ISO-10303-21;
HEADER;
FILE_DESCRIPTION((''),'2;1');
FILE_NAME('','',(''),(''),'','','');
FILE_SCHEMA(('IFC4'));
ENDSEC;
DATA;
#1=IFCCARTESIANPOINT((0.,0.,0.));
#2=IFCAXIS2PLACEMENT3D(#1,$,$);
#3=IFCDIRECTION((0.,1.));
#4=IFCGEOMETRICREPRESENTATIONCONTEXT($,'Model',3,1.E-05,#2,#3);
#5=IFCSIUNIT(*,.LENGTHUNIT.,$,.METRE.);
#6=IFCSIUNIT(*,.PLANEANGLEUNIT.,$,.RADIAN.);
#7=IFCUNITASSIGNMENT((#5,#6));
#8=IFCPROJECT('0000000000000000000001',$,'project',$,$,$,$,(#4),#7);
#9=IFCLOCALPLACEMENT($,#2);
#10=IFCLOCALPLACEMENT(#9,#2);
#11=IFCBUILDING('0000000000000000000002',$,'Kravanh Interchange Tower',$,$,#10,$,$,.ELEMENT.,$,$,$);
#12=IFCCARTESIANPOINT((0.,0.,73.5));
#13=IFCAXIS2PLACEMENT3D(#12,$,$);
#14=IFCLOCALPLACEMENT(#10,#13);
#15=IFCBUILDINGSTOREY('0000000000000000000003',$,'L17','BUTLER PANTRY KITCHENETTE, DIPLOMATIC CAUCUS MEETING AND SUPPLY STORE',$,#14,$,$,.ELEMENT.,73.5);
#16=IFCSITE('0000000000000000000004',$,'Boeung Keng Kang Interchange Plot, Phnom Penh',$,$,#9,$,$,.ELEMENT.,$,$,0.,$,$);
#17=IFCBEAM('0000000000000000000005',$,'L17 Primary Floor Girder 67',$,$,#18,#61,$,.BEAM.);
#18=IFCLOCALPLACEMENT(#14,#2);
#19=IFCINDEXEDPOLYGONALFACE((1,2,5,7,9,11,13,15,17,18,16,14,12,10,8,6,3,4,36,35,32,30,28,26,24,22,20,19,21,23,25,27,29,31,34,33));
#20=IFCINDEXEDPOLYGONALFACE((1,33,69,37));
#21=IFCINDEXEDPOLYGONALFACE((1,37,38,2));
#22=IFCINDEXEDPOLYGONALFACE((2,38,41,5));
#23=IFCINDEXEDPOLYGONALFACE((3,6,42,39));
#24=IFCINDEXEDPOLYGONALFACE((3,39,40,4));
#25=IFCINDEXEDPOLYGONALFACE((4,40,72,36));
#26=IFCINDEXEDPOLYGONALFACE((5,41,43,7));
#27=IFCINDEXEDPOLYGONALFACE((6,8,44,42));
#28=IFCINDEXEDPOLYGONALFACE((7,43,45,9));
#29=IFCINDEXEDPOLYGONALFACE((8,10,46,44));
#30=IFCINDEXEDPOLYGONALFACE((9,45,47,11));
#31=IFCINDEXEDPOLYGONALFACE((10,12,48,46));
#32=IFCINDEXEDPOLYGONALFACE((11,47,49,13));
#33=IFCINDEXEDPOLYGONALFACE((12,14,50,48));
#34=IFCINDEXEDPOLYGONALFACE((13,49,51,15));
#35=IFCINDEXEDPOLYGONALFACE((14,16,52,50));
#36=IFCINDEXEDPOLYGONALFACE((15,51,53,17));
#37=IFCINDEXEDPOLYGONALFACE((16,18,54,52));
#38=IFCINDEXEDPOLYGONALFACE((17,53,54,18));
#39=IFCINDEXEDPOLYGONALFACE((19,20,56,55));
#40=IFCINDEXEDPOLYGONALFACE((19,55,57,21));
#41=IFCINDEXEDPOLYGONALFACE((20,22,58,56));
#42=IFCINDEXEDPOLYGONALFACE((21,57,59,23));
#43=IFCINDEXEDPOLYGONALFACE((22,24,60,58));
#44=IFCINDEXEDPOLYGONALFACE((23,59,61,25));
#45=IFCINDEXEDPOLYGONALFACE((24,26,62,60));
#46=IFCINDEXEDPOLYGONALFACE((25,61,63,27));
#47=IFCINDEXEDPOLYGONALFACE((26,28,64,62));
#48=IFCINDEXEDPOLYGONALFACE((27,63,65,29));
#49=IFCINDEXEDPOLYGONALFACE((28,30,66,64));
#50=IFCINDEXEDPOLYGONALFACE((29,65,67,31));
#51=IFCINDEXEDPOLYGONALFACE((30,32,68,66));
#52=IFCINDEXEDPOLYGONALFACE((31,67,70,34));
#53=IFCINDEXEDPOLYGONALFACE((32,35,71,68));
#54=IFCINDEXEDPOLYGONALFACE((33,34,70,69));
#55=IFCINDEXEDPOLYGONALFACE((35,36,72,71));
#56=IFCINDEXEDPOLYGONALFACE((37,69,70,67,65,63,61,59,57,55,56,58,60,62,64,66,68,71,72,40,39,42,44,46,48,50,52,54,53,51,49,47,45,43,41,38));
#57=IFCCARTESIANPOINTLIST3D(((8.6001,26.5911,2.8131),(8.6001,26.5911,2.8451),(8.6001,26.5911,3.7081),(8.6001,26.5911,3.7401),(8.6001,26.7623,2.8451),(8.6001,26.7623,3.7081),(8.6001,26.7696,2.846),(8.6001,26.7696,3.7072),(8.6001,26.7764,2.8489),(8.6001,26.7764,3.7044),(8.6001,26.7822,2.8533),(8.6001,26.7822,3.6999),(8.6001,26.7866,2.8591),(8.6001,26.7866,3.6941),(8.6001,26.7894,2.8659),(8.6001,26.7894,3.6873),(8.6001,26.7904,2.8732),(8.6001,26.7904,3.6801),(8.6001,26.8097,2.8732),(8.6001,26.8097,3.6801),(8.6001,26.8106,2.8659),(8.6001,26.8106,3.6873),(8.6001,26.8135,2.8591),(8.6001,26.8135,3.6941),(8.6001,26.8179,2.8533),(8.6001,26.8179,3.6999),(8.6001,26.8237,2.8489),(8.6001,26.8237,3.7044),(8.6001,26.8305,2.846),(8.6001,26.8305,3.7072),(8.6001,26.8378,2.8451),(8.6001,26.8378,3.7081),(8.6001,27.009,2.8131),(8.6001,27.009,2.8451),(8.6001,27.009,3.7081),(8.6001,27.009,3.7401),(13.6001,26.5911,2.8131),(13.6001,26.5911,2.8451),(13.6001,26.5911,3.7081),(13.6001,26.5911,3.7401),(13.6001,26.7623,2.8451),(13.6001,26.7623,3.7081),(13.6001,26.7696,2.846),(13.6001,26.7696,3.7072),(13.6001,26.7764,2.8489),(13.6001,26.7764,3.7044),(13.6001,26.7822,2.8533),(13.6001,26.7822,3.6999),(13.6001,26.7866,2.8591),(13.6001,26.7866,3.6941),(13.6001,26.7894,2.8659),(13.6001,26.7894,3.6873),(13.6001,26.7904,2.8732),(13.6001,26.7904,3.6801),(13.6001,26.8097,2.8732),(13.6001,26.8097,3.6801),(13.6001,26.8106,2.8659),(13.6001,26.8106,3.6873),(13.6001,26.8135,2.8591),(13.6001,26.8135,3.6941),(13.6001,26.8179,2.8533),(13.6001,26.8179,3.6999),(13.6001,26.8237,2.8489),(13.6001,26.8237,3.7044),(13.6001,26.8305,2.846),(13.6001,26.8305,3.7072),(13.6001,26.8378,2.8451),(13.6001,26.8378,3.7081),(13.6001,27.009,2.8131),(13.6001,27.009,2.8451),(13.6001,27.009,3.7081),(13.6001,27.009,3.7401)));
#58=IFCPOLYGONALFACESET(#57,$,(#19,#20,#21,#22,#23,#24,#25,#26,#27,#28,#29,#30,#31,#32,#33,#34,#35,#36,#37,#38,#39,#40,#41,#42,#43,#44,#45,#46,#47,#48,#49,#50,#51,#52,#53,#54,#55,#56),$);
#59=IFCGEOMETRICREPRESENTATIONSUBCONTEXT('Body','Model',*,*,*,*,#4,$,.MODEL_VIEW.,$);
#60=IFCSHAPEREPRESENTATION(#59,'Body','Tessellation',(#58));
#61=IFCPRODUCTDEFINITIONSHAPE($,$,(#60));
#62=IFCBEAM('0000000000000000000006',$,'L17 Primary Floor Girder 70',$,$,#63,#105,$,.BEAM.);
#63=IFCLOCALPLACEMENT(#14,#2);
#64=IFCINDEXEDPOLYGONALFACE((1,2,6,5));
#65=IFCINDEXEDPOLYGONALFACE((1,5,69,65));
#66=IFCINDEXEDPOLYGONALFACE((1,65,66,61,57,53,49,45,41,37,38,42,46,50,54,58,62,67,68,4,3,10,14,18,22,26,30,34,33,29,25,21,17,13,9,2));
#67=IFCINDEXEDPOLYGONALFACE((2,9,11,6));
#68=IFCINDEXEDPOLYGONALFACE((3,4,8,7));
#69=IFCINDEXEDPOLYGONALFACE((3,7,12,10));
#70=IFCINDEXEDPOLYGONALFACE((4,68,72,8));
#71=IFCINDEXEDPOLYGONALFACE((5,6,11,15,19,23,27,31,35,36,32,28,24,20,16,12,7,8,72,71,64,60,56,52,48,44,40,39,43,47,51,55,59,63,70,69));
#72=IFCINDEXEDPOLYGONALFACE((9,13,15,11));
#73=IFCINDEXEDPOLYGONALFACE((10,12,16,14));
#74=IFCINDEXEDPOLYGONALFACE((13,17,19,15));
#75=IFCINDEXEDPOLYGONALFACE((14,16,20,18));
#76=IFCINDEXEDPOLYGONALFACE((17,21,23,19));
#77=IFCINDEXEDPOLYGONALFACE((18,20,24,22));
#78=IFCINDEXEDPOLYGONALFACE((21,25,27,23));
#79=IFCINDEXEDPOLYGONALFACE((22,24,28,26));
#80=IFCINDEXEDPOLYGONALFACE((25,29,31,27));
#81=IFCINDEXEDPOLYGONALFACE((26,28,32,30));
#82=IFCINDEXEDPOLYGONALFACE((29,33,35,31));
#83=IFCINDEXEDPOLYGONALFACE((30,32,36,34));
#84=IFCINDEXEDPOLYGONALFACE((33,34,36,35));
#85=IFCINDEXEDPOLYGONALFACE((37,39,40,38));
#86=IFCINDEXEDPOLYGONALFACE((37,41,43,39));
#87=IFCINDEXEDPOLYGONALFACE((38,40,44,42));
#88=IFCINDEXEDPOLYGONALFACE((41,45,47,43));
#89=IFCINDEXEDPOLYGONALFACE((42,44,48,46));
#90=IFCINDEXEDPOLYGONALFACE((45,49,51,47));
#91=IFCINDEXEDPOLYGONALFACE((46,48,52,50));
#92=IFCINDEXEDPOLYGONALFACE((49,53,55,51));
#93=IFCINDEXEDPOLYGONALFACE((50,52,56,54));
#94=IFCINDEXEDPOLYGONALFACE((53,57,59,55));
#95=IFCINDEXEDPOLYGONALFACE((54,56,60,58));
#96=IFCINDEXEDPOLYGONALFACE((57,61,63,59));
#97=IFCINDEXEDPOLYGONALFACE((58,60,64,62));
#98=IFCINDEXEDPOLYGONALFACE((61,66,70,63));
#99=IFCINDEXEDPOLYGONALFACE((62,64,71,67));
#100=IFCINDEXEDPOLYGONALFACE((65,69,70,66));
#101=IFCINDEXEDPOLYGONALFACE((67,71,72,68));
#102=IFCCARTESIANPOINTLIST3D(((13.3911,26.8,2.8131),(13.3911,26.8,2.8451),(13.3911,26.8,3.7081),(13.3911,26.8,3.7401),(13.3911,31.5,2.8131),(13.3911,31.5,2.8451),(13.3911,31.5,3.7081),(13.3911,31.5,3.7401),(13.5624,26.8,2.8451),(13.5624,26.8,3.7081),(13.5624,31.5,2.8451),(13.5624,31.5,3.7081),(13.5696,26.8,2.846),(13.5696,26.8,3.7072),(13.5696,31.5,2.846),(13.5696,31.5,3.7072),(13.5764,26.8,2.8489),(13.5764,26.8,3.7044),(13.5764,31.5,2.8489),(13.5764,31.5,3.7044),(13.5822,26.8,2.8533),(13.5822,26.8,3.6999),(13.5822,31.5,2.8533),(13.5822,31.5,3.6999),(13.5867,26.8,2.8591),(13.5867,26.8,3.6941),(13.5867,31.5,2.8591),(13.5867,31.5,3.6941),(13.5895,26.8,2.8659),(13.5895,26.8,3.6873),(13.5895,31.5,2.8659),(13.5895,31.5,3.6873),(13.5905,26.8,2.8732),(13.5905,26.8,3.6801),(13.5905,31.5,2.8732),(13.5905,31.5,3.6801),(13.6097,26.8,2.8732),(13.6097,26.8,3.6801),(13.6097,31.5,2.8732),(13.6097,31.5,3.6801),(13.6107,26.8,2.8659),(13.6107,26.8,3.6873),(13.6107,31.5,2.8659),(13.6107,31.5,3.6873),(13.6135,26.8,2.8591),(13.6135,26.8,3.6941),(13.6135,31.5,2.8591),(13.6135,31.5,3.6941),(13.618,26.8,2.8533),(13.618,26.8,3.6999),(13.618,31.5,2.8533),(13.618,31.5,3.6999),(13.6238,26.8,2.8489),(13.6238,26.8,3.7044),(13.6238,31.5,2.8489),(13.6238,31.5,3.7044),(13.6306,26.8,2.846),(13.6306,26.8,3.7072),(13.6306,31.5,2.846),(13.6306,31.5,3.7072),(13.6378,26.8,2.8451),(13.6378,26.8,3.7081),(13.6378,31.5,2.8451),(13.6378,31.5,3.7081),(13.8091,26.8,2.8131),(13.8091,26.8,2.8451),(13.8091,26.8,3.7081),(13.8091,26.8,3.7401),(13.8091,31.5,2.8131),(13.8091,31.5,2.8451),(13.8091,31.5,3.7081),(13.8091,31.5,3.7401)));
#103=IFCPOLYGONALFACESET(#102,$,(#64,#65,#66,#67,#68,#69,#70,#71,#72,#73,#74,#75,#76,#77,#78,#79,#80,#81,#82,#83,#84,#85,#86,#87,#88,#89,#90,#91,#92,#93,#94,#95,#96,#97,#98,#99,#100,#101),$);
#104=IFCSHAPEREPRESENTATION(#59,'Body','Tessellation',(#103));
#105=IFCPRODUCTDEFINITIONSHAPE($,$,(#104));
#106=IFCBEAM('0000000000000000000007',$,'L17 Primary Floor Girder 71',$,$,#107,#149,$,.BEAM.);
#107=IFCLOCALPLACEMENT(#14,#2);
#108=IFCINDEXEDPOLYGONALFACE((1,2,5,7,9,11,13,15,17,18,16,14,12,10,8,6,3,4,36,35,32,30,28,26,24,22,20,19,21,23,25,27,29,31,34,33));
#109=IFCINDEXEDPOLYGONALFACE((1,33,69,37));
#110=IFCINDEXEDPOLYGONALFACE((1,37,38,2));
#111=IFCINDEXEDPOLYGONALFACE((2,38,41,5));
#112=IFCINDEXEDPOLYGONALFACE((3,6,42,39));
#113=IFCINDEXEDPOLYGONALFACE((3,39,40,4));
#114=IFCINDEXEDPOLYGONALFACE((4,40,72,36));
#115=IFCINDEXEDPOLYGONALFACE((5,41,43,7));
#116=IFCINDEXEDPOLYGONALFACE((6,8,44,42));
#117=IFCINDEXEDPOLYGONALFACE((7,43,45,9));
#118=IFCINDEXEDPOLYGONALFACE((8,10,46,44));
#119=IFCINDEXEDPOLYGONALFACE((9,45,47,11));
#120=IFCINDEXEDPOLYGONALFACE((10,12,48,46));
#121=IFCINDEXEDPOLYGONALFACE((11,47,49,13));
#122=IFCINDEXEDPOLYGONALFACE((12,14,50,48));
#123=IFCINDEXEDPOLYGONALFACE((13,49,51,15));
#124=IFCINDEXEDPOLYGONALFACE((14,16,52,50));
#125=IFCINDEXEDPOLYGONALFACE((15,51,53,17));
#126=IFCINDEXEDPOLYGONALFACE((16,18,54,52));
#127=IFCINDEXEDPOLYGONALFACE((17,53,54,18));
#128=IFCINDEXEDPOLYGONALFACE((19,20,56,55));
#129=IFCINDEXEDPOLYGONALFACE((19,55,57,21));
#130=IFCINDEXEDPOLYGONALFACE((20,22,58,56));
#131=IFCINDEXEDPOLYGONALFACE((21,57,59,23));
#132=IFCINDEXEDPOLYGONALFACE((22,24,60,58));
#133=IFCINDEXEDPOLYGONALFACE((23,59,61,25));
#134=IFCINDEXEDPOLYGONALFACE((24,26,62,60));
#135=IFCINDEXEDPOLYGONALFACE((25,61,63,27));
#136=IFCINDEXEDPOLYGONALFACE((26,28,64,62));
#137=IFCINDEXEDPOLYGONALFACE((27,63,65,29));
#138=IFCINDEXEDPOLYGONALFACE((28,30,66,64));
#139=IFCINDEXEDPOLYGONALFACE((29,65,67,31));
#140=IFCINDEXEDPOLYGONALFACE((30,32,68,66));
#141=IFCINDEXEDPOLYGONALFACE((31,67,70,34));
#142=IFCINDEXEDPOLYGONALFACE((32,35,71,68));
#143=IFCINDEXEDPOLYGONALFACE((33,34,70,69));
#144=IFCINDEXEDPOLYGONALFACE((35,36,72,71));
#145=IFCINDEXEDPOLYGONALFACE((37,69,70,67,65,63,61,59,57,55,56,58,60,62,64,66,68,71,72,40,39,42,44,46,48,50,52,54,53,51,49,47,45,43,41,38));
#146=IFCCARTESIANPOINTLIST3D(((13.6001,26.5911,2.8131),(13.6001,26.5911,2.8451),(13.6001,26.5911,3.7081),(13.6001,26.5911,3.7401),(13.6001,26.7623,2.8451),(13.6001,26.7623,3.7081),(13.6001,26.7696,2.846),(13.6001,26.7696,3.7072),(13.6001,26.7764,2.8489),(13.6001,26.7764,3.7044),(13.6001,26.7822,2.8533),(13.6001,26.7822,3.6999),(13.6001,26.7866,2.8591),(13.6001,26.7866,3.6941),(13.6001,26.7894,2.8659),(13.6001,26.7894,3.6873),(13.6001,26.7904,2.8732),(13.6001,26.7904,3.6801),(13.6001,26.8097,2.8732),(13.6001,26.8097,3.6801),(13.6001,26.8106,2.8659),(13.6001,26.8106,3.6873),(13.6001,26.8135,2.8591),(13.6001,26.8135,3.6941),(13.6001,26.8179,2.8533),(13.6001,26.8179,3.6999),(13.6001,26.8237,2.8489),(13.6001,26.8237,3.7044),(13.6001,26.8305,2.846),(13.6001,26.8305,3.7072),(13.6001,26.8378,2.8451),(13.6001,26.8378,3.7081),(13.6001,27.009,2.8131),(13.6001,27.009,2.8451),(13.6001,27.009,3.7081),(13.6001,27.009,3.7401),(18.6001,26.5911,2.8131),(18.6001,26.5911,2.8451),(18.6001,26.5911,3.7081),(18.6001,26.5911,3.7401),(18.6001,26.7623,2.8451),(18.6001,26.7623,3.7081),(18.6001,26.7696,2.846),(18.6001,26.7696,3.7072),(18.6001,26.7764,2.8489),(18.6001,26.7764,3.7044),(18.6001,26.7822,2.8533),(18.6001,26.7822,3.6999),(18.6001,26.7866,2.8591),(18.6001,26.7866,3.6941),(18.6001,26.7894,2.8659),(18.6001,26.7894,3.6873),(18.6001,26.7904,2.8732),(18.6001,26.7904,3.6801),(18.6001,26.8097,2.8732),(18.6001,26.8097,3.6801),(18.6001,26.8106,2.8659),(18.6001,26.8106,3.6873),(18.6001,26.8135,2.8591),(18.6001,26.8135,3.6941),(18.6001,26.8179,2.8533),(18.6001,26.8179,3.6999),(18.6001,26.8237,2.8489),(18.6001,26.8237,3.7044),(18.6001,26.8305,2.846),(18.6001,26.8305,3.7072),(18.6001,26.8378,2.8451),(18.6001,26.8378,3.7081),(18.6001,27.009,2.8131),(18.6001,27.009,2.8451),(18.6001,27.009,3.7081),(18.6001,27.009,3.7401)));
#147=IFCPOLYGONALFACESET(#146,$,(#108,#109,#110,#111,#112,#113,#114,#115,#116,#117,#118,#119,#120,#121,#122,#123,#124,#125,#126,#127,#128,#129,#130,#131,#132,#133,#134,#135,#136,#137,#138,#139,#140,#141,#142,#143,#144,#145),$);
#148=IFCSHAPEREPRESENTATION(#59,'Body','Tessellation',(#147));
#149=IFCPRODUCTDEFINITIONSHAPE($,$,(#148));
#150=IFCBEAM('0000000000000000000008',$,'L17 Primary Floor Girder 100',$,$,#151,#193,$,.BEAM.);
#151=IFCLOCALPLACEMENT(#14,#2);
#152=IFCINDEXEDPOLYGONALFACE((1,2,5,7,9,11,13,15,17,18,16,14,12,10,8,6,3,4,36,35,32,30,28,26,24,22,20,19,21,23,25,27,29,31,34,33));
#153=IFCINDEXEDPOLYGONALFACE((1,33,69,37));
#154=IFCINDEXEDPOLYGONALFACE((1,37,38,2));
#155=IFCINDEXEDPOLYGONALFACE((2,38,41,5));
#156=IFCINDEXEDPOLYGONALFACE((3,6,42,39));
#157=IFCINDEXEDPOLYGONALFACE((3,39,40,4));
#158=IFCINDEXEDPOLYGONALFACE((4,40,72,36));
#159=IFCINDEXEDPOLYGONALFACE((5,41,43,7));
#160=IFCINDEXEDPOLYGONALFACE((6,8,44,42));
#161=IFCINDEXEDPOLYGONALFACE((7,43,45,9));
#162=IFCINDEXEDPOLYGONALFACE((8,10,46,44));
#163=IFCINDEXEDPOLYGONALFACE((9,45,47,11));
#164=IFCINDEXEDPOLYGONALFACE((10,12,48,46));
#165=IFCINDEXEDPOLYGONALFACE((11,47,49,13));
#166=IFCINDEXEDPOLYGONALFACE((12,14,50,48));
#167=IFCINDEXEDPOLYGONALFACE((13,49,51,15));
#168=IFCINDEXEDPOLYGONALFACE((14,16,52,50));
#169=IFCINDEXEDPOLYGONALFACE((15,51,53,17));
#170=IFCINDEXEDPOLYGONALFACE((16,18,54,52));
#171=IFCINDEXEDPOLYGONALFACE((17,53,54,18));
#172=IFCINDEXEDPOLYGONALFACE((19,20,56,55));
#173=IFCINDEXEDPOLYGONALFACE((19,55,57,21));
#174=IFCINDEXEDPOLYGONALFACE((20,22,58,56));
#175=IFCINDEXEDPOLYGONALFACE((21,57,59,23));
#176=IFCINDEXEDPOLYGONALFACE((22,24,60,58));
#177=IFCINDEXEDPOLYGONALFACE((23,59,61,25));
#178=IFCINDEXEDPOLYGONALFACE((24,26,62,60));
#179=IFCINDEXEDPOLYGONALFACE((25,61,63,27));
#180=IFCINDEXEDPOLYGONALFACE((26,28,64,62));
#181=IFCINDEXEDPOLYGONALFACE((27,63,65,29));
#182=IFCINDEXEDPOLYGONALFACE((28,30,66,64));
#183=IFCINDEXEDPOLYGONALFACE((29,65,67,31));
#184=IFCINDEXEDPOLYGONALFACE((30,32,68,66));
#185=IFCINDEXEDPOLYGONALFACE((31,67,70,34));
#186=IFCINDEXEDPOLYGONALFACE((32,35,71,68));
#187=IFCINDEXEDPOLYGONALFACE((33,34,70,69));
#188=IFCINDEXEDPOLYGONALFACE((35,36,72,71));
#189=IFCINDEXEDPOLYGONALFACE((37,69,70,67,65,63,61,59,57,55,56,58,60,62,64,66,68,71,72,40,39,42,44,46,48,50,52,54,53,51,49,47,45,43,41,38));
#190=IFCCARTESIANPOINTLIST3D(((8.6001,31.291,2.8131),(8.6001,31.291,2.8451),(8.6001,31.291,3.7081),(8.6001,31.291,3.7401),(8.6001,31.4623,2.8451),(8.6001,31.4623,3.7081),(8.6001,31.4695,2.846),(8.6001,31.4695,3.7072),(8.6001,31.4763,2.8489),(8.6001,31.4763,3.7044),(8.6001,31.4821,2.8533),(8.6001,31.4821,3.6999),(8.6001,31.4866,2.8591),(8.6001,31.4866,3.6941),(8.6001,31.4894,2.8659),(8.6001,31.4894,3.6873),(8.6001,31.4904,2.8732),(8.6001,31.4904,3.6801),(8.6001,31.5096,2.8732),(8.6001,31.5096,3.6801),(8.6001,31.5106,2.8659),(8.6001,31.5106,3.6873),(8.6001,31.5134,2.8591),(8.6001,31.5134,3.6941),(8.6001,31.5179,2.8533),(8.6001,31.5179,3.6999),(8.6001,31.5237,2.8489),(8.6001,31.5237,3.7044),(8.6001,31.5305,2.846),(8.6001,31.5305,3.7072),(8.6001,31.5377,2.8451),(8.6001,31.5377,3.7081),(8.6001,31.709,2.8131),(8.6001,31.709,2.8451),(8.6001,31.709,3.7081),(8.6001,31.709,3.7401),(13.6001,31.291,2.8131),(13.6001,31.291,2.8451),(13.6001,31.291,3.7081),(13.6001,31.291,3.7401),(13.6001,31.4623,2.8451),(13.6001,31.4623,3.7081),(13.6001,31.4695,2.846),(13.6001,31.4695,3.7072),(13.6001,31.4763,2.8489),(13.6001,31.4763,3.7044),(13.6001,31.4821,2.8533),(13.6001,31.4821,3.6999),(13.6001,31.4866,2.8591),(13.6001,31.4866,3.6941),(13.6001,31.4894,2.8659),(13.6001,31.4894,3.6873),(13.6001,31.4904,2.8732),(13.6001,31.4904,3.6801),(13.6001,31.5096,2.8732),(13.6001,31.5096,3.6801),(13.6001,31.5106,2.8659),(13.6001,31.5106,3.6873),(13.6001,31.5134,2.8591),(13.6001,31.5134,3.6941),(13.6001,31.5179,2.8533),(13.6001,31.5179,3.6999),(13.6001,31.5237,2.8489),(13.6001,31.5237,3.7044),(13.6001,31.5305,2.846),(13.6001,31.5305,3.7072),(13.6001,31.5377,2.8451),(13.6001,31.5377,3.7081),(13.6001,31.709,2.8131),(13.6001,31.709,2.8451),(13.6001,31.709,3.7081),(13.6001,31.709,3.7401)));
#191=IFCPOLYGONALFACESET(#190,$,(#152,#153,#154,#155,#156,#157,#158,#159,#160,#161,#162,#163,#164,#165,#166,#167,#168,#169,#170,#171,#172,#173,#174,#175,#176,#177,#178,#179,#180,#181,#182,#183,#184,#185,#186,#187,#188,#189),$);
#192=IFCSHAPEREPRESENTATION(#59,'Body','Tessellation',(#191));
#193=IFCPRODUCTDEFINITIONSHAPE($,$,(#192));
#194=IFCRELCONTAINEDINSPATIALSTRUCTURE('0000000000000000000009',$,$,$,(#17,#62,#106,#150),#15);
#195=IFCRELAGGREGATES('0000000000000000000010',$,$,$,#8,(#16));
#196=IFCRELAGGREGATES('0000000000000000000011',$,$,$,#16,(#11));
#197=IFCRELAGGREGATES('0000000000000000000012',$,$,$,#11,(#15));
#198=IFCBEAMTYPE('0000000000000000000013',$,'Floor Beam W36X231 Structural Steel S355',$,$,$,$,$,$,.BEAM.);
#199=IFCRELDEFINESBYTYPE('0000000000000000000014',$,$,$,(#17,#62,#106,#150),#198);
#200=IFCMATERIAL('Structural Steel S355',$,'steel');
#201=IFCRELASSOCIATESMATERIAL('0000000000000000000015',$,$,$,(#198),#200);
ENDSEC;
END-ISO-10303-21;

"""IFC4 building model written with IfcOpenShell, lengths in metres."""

from ifc_helpers import new_model, si_unit, direction, frame, origin, origin_2d, place, context, subcontext, project, spatial, i_section, extrude, material, material_profile, profile_set, type_object, element, save


model = new_model("IFC4")

# Units and contexts
model_context = context("Model", 3, precision=1e-05, world=origin(), true_north=direction((0.0, 1.0)))
body_context = subcontext(model_context, "Body", "Model", "MODEL_VIEW")
ifc_project = project(units=[si_unit("LENGTHUNIT", "METRE"), si_unit("PLANEANGLEUNIT", "RADIAN")], contexts=[model_context])

# Site, building, storey
site_placement = place(None, origin())
site = spatial("IfcSite", under=ifc_project, at=site_placement, Name="Boeung Keng Kang Interchange Plot, Phnom Penh", CompositionType="ELEMENT", RefElevation=0.0)
building_placement = place(site_placement, origin())
building = spatial("IfcBuilding", under=site, at=building_placement, Name="Kravanh Interchange Tower", CompositionType="ELEMENT")
storey_placement = place(building_placement, frame((0.0, 0.0, 73.5)))
storey = spatial("IfcBuildingStorey", under=building, at=storey_placement, Name="L17", Description="BUTLER PANTRY KITCHENETTE, DIPLOMATIC CAUCUS MEETING AND SUPPLY STORE", CompositionType="ELEMENT", Elevation=73.5)

# Beams
ifc_material_1 = material(Name="Structural Steel S355", Category="steel")
ifc_material_profile_1 = material_profile(ifc_material_1, i_section(OverallWidth=0.418, OverallDepth=0.927, WebThickness=0.0193, FlangeThickness=0.032, FilletRadius=0.0281, at=origin_2d()), Name="W36X231")
ifc_profile_set_1 = profile_set([ifc_material_profile_1], Name="Structural Steel S355")
beam_type_1 = type_object("IfcBeamType", Name="Floor Beam W36X231 Structural Steel S355", PredefinedType="BEAM", material=ifc_profile_set_1)
beam_1_placement = place(storey_placement, frame((8.6001, 26.8, 3.2766), z_axis=(1.0, 0.0, 0.0), x_axis=(0.0, 1.0, 0.0)))
element("IfcBeam", 1, at=beam_1_placement, inside=storey, type_object=beam_type_1, Name="L17 Primary Floor Girder 67", PredefinedType="BEAM", context=body_context, shape_type="SweptSolid", body=[
    extrude(i_section(OverallWidth=0.418, OverallDepth=0.927, WebThickness=0.0193, FlangeThickness=0.032, FilletRadius=0.0281, at=origin_2d()), origin(), (0.0, 0.0, 1.0), 5.0),
])
beam_2_placement = place(storey_placement, frame((13.6001, 26.8, 3.2766), z_axis=(0.0, 1.0, 0.0), x_axis=(-1.0, 0.0, 0.0)))
element("IfcBeam", 2, at=beam_2_placement, inside=storey, type_object=beam_type_1, Name="L17 Primary Floor Girder 70", PredefinedType="BEAM", context=body_context, shape_type="SweptSolid", body=[
    extrude(i_section(OverallWidth=0.418, OverallDepth=0.927, WebThickness=0.0193, FlangeThickness=0.032, FilletRadius=0.0281, at=origin_2d()), origin(), (0.0, 0.0, 1.0), 4.7),
])
for number, where, z_axis, x_axis, name in (
    (3, (13.6001, 26.8, 3.2766), (1.0, 0.0, 0.0), (0.0, 1.0, 0.0), "L17 Primary Floor Girder 71"),
    (4, (8.6001, 31.5, 3.2766), (1.0, 0.0, 0.0), (0.0, 1.0, 0.0), "L17 Primary Floor Girder 100"),
):
    element("IfcBeam", number, at=place(storey_placement, frame(where, z_axis=z_axis, x_axis=x_axis)), inside=storey, type_object=beam_type_1, Name=name, PredefinedType="BEAM", context=body_context, shape_type="SweptSolid", body=[
        extrude(i_section(OverallWidth=0.418, OverallDepth=0.927, WebThickness=0.0193, FlangeThickness=0.032, FilletRadius=0.0281, at=origin_2d()), origin(), (0.0, 0.0, 1.0), 5.0),
    ])

save(model, "model.ifc")
